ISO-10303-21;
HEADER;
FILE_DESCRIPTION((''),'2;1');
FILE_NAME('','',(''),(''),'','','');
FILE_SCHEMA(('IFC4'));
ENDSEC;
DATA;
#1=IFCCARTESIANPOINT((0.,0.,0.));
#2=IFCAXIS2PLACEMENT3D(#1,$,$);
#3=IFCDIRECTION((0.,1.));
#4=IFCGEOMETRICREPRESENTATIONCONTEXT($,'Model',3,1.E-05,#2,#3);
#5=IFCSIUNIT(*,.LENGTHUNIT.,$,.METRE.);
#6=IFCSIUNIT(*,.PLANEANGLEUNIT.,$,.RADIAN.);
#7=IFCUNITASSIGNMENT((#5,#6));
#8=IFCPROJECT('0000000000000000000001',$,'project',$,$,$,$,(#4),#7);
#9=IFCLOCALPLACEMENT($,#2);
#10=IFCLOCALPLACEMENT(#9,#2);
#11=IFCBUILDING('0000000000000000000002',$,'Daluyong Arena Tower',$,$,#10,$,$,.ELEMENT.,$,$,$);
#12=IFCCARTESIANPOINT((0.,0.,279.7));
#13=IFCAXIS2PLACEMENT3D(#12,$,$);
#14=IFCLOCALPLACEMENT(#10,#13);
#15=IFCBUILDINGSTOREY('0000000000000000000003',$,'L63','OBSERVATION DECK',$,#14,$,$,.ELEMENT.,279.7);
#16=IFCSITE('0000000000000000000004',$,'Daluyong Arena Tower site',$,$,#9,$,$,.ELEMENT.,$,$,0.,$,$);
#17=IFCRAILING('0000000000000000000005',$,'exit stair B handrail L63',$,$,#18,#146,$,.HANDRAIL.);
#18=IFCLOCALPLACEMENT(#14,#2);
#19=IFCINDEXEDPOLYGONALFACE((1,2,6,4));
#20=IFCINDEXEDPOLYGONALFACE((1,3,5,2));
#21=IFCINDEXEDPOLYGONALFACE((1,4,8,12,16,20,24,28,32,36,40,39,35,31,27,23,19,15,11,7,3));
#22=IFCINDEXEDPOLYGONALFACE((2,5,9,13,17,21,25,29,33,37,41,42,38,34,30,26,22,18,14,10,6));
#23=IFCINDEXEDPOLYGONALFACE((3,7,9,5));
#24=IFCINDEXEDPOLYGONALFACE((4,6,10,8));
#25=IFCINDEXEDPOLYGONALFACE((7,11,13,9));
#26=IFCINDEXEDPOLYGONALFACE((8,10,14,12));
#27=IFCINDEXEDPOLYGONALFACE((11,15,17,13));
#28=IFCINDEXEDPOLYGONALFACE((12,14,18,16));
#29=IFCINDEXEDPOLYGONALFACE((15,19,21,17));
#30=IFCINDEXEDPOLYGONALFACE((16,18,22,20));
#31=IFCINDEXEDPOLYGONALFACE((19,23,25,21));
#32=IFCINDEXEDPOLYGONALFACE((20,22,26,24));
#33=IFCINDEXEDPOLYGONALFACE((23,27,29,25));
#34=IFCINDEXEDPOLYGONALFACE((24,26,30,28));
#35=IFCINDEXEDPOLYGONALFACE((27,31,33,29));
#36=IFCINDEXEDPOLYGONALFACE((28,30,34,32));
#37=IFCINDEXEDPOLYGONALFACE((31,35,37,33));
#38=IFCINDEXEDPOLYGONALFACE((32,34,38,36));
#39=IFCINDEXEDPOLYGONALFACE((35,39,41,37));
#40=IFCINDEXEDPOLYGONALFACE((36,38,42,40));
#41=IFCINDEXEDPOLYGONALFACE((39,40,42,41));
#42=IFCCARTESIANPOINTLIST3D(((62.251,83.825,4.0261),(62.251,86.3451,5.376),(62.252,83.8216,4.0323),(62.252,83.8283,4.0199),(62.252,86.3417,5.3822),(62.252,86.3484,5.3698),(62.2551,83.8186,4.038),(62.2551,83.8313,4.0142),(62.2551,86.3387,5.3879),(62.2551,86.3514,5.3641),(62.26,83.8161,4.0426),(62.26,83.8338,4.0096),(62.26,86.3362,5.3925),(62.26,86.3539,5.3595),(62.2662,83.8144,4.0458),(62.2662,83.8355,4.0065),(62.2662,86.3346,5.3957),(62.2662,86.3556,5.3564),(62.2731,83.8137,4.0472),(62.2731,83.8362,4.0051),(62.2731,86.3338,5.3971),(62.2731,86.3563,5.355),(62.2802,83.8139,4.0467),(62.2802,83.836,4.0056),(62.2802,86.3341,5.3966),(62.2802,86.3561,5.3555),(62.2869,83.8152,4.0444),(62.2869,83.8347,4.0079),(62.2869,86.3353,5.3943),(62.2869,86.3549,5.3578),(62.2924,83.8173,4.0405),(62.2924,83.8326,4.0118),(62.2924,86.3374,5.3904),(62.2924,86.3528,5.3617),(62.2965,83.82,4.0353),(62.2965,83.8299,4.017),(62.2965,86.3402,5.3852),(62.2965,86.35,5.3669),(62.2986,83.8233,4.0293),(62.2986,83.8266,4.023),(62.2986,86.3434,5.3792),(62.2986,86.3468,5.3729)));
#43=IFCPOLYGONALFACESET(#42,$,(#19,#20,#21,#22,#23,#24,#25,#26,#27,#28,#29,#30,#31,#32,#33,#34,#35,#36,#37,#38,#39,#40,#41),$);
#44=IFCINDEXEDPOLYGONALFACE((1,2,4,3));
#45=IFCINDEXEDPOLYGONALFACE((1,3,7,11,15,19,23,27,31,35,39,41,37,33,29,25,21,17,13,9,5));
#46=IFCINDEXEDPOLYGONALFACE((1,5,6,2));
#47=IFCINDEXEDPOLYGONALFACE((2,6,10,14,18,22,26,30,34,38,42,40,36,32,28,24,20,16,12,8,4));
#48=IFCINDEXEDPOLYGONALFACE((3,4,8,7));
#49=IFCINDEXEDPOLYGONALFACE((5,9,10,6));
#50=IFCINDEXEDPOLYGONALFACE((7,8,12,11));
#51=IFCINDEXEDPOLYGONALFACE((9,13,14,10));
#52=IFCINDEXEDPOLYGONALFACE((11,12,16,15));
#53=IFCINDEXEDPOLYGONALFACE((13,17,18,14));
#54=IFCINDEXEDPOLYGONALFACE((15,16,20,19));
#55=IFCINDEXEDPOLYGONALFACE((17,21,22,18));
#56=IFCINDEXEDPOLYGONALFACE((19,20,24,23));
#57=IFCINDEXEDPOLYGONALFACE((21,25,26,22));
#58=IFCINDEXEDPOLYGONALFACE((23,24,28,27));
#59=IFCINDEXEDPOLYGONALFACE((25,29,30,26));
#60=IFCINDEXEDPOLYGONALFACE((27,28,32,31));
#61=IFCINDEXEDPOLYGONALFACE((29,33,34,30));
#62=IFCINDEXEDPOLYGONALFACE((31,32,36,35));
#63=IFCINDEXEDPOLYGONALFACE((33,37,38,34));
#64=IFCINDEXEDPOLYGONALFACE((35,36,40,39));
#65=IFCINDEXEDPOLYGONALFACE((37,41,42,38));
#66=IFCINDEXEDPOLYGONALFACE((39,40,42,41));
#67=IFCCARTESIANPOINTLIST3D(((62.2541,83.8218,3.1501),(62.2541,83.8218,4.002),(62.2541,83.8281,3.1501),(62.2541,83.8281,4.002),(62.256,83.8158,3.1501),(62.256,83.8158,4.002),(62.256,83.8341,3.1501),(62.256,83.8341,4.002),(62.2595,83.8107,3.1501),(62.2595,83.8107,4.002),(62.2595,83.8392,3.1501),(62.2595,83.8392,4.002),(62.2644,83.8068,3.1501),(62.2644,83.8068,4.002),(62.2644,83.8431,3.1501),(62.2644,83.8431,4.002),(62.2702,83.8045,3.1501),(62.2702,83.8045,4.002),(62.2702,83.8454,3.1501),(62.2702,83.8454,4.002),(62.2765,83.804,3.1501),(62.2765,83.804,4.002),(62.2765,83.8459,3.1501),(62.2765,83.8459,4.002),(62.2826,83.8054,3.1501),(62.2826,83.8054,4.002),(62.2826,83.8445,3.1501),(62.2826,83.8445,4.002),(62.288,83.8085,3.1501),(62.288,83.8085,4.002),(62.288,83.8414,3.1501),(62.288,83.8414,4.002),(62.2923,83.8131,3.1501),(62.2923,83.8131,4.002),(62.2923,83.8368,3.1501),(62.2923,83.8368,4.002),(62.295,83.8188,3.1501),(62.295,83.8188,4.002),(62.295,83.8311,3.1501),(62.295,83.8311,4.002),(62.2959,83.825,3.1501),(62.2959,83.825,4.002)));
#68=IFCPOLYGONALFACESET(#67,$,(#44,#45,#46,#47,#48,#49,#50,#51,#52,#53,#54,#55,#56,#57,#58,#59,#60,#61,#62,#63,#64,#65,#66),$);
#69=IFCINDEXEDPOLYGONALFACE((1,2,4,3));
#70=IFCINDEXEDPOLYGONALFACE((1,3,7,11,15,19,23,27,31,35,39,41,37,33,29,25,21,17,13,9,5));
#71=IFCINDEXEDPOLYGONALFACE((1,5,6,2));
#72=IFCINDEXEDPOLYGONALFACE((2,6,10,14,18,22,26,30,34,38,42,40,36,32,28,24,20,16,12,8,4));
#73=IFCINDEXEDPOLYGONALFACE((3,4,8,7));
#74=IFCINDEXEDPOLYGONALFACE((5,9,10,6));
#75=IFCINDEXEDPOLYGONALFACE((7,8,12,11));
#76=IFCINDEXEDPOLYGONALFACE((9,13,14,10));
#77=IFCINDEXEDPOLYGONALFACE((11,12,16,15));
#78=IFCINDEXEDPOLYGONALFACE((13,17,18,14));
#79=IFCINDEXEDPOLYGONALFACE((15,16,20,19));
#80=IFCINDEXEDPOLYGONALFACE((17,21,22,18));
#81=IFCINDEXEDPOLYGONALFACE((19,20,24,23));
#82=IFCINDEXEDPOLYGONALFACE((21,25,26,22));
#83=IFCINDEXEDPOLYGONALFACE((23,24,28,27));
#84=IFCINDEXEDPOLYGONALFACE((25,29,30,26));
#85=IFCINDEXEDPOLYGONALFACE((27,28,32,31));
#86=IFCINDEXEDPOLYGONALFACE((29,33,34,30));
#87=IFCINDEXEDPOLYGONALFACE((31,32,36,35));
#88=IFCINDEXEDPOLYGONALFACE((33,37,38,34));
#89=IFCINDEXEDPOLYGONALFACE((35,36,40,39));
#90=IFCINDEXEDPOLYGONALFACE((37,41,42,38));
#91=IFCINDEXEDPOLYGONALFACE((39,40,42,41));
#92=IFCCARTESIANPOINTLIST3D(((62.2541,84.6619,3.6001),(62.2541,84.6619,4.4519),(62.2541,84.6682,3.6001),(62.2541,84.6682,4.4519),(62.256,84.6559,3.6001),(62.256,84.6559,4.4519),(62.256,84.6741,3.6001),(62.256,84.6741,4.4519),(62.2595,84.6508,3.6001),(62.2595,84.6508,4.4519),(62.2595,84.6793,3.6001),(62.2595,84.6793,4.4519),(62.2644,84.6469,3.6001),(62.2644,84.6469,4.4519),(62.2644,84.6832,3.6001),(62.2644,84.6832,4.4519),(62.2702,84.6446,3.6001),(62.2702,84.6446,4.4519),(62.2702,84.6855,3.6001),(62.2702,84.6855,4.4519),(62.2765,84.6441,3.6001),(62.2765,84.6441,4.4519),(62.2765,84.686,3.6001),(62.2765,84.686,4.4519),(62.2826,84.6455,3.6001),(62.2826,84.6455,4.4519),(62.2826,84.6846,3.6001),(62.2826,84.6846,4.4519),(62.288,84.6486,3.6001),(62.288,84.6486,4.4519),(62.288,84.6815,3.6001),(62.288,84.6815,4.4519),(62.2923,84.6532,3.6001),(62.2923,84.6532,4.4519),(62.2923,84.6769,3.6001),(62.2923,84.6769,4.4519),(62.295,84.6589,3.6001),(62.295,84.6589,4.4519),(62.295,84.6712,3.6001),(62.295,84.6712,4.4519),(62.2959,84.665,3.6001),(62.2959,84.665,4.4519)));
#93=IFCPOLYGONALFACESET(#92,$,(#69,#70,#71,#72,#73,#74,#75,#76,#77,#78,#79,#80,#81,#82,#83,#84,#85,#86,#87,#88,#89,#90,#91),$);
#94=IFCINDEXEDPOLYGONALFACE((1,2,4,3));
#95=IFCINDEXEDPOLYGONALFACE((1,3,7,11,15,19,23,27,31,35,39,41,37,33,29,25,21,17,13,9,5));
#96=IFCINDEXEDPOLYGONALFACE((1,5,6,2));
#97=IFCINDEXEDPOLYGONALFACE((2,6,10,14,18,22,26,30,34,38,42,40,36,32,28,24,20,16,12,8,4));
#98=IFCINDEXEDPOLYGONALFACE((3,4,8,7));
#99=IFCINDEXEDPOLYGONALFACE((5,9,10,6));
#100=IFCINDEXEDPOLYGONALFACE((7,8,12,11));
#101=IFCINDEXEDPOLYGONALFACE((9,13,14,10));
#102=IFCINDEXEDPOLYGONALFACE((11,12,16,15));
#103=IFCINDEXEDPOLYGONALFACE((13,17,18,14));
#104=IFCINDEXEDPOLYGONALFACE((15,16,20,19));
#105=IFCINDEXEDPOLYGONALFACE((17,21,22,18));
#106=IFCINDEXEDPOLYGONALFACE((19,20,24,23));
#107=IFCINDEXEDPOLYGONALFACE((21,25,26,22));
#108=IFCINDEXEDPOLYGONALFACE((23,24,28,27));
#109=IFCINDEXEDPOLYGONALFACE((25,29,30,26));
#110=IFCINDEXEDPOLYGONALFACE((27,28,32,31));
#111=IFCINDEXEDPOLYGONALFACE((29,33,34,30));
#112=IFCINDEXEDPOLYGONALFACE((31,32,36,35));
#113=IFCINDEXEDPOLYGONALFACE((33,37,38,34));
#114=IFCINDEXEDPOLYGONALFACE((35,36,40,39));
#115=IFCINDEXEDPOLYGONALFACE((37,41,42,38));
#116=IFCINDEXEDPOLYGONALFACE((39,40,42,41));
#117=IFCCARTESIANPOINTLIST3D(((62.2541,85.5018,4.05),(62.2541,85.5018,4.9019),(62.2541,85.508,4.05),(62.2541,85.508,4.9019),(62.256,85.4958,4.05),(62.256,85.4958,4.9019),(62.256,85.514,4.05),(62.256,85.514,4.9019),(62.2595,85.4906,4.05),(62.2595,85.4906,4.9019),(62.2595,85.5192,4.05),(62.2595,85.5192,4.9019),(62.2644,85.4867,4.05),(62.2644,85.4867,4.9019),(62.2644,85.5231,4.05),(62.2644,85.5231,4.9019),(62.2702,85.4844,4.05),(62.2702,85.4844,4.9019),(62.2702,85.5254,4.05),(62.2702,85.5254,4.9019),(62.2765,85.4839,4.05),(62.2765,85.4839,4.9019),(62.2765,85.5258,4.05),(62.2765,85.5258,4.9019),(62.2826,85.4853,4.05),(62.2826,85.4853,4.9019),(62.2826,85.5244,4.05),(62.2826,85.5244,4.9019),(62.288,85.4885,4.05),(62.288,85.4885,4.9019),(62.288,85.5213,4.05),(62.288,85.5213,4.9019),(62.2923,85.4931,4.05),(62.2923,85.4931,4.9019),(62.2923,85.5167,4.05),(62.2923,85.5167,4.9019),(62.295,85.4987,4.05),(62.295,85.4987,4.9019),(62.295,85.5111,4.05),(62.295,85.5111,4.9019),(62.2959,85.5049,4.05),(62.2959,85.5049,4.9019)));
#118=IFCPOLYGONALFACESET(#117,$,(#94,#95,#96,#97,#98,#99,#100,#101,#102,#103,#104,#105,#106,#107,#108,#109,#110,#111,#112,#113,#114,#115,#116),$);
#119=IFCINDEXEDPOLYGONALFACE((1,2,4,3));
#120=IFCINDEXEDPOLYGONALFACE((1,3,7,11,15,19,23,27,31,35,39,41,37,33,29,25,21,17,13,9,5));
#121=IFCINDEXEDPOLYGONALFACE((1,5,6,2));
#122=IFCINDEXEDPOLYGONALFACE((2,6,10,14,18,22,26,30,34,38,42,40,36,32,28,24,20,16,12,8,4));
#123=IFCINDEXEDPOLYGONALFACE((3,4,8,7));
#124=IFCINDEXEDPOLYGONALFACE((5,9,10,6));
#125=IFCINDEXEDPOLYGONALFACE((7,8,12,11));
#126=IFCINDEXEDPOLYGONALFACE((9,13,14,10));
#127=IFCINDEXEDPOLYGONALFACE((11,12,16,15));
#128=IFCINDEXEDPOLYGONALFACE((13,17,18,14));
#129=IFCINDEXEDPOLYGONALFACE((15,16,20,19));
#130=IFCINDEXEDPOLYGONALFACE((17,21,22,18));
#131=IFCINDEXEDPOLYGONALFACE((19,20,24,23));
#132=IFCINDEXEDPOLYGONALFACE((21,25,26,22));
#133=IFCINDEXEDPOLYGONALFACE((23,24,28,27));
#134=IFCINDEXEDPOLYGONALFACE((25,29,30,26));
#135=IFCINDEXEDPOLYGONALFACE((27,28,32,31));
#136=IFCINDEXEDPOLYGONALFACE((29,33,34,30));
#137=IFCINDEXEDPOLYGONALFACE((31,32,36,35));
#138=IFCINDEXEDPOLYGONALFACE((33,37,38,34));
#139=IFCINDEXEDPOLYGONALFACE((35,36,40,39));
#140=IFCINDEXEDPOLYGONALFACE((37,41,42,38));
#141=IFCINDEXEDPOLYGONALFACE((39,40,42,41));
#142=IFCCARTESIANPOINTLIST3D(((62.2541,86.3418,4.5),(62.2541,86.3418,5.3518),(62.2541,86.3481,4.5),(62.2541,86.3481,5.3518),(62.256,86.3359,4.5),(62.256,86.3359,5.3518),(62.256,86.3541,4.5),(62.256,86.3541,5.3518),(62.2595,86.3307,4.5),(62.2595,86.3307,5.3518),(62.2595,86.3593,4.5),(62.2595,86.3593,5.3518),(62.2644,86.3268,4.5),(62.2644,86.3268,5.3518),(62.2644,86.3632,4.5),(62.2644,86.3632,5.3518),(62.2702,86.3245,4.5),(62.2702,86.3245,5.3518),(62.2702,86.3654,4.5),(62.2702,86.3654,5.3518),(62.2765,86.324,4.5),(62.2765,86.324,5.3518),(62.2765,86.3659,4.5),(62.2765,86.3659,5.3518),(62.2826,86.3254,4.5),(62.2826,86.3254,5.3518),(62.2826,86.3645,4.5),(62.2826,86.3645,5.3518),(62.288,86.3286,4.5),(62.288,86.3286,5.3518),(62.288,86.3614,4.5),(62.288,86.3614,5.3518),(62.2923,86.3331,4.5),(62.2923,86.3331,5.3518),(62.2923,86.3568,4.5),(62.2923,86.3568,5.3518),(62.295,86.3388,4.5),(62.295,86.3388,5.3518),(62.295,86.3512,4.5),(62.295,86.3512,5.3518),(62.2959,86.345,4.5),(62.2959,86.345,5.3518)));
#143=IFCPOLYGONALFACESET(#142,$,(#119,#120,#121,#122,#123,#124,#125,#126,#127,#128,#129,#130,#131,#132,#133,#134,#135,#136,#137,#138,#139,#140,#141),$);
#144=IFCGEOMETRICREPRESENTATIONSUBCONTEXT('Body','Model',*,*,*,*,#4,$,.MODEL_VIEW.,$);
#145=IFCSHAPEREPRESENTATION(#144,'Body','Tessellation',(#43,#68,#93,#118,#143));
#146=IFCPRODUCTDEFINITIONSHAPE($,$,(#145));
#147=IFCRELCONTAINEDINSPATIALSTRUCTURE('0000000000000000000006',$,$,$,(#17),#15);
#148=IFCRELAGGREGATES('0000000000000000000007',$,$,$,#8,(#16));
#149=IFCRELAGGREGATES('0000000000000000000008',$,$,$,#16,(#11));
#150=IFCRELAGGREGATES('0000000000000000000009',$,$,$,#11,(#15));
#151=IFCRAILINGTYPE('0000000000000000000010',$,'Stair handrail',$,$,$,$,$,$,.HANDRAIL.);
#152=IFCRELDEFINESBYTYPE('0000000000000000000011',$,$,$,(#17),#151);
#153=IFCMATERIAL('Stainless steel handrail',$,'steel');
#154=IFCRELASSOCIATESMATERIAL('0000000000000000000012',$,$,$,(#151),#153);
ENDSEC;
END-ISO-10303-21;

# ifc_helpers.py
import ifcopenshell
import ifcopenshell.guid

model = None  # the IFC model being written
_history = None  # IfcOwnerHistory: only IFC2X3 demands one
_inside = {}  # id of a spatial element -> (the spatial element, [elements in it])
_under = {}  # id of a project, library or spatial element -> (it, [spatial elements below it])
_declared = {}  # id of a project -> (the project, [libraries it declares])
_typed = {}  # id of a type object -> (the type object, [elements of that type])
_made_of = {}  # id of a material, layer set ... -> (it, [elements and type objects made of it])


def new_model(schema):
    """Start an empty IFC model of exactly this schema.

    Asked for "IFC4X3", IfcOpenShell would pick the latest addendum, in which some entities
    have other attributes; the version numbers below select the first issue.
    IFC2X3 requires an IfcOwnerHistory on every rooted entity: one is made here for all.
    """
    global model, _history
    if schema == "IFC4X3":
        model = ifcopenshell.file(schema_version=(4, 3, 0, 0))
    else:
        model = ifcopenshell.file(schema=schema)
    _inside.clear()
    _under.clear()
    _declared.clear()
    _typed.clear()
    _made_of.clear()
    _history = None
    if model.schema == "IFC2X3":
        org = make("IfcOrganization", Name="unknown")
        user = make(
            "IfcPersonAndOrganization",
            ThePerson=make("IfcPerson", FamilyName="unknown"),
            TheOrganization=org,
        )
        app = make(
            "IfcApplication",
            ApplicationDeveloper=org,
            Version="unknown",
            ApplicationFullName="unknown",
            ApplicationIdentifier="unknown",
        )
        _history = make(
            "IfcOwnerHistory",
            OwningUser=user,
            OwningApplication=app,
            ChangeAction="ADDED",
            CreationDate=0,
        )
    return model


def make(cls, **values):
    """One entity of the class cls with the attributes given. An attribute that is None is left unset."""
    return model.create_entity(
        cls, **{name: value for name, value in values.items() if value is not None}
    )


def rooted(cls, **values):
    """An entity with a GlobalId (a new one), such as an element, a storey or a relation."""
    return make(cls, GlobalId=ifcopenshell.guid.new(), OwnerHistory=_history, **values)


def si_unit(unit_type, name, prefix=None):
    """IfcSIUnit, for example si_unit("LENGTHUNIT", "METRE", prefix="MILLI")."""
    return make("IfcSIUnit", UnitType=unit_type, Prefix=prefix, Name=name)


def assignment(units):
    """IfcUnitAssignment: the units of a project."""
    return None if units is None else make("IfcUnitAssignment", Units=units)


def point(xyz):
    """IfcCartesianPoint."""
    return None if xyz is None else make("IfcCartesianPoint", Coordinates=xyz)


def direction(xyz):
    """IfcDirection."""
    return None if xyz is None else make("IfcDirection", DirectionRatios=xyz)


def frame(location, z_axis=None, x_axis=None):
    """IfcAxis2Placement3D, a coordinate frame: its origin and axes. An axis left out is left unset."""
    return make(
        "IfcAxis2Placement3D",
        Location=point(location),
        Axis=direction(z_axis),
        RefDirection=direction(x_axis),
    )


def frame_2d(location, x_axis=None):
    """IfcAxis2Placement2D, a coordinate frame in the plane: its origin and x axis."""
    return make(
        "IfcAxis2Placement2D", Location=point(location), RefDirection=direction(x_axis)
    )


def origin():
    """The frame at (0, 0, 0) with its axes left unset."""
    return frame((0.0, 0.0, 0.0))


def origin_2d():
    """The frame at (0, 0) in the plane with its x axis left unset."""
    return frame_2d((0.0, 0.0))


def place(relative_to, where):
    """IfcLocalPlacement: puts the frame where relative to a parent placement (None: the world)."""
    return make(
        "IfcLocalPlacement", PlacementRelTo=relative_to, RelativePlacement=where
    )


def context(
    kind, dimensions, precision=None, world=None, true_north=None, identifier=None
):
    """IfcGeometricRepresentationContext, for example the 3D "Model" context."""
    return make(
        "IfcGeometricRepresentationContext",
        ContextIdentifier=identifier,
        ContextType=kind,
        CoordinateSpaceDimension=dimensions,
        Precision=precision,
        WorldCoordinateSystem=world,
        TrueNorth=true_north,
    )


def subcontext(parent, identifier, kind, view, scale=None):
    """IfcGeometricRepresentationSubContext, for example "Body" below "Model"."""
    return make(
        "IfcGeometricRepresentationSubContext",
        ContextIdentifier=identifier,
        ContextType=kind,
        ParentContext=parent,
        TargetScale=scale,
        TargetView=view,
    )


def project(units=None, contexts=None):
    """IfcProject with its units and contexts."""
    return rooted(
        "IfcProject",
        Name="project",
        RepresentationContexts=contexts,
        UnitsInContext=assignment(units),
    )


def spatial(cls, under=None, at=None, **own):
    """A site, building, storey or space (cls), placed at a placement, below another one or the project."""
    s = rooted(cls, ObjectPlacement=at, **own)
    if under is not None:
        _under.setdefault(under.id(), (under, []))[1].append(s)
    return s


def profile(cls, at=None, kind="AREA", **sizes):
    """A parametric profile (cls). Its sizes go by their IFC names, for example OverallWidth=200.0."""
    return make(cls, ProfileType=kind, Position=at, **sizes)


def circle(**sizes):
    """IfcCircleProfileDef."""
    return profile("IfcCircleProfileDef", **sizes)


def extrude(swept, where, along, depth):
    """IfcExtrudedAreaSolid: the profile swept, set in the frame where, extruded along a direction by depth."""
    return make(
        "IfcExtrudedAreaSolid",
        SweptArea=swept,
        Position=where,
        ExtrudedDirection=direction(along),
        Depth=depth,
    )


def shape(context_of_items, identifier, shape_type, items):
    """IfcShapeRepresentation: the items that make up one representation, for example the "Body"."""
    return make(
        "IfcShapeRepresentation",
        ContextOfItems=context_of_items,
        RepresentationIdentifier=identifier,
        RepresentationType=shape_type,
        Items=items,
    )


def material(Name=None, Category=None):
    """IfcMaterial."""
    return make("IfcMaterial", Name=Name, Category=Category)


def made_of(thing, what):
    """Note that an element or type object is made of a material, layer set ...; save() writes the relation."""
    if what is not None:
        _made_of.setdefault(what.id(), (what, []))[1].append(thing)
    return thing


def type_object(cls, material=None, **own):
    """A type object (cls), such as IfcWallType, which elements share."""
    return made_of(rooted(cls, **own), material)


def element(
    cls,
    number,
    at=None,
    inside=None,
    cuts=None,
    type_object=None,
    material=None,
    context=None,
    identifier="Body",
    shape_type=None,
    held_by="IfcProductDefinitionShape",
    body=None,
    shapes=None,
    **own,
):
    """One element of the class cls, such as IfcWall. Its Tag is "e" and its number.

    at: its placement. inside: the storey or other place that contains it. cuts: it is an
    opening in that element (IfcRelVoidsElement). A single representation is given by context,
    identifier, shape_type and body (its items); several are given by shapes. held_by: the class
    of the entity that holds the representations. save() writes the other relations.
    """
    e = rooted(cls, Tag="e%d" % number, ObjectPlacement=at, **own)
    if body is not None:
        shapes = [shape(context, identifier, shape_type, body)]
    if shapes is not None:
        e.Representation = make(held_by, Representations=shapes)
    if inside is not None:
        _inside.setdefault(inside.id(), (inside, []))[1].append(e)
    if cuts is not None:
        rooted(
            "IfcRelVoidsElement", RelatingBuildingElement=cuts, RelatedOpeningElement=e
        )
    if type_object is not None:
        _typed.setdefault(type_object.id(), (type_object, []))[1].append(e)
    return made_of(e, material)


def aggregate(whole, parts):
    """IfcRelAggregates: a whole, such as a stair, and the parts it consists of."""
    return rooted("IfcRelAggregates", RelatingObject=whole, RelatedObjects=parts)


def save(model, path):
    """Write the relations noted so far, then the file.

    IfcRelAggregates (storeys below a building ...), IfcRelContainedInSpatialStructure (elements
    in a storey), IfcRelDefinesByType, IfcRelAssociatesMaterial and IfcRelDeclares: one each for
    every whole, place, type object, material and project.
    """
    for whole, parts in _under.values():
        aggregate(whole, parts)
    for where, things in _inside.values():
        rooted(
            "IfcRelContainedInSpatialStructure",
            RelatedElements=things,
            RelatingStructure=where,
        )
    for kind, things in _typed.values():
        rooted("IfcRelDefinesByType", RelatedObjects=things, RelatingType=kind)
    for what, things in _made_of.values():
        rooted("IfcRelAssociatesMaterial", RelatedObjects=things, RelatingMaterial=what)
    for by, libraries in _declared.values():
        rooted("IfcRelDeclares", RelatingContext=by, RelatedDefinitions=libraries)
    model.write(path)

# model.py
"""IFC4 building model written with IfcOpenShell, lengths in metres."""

from ifc_helpers import new_model, si_unit, direction, frame, origin, origin_2d, place, context, subcontext, project, spatial, circle, extrude, material, type_object, element, save


model = new_model("IFC4")

# Units and contexts
model_context = context("Model", 3, precision=1e-05, world=origin(), true_north=direction((0.0, 1.0)))
body_context = subcontext(model_context, "Body", "Model", "MODEL_VIEW")
ifc_project = project(units=[si_unit("LENGTHUNIT", "METRE"), si_unit("PLANEANGLEUNIT", "RADIAN")], contexts=[model_context])

# Site, building, storey
site_placement = place(None, origin())
site = spatial("IfcSite", under=ifc_project, at=site_placement, Name="Daluyong Arena Tower site", CompositionType="ELEMENT", RefElevation=0.0)
building_placement = place(site_placement, origin())
building = spatial("IfcBuilding", under=site, at=building_placement, Name="Daluyong Arena Tower", CompositionType="ELEMENT")
storey_placement = place(building_placement, frame((0.0, 0.0, 279.7)))
storey = spatial("IfcBuildingStorey", under=building, at=storey_placement, Name="L63", Description="OBSERVATION DECK", CompositionType="ELEMENT", Elevation=279.7)

# Railing
ifc_material_1 = material(Name="Stainless steel handrail", Category="steel")
railing_type_1 = type_object("IfcRailingType", Name="Stair handrail", PredefinedType="HANDRAIL", material=ifc_material_1)
for number, where, name in (
    (1, (62.2749, 83.825, 3.1501), "exit stair B handrail L63"),
):
    element("IfcRailing", number, at=place(storey_placement, frame(where)), inside=storey, type_object=railing_type_1, Name=name, PredefinedType="HANDRAIL", context=body_context, shape_type="SweptSolid", body=[
        extrude(circle(Radius=0.0239, at=origin_2d()), frame((0.0, 0.0, 0.876), z_axis=(0.0, 0.881503, 0.472179), x_axis=(-1.0, 0.0, 0.0)), (0.0, 0.0, 1.0), 2.8589),
        extrude(circle(Radius=0.021, at=origin_2d()), origin(), (0.0, 0.0, 1.0), 0.8518),
        extrude(circle(Radius=0.021, at=origin_2d()), frame((0.0, 0.8401, 0.45)), (0.0, 0.0, 1.0), 0.8518),
        extrude(circle(Radius=0.021, at=origin_2d()), frame((0.0, 1.6799, 0.8999)), (0.0, 0.0, 1.0), 0.8518),
        extrude(circle(Radius=0.021, at=origin_2d()), frame((0.0, 2.52, 1.3499)), (0.0, 0.0, 1.0), 0.8518),
    ])

save(model, "model.ifc")
